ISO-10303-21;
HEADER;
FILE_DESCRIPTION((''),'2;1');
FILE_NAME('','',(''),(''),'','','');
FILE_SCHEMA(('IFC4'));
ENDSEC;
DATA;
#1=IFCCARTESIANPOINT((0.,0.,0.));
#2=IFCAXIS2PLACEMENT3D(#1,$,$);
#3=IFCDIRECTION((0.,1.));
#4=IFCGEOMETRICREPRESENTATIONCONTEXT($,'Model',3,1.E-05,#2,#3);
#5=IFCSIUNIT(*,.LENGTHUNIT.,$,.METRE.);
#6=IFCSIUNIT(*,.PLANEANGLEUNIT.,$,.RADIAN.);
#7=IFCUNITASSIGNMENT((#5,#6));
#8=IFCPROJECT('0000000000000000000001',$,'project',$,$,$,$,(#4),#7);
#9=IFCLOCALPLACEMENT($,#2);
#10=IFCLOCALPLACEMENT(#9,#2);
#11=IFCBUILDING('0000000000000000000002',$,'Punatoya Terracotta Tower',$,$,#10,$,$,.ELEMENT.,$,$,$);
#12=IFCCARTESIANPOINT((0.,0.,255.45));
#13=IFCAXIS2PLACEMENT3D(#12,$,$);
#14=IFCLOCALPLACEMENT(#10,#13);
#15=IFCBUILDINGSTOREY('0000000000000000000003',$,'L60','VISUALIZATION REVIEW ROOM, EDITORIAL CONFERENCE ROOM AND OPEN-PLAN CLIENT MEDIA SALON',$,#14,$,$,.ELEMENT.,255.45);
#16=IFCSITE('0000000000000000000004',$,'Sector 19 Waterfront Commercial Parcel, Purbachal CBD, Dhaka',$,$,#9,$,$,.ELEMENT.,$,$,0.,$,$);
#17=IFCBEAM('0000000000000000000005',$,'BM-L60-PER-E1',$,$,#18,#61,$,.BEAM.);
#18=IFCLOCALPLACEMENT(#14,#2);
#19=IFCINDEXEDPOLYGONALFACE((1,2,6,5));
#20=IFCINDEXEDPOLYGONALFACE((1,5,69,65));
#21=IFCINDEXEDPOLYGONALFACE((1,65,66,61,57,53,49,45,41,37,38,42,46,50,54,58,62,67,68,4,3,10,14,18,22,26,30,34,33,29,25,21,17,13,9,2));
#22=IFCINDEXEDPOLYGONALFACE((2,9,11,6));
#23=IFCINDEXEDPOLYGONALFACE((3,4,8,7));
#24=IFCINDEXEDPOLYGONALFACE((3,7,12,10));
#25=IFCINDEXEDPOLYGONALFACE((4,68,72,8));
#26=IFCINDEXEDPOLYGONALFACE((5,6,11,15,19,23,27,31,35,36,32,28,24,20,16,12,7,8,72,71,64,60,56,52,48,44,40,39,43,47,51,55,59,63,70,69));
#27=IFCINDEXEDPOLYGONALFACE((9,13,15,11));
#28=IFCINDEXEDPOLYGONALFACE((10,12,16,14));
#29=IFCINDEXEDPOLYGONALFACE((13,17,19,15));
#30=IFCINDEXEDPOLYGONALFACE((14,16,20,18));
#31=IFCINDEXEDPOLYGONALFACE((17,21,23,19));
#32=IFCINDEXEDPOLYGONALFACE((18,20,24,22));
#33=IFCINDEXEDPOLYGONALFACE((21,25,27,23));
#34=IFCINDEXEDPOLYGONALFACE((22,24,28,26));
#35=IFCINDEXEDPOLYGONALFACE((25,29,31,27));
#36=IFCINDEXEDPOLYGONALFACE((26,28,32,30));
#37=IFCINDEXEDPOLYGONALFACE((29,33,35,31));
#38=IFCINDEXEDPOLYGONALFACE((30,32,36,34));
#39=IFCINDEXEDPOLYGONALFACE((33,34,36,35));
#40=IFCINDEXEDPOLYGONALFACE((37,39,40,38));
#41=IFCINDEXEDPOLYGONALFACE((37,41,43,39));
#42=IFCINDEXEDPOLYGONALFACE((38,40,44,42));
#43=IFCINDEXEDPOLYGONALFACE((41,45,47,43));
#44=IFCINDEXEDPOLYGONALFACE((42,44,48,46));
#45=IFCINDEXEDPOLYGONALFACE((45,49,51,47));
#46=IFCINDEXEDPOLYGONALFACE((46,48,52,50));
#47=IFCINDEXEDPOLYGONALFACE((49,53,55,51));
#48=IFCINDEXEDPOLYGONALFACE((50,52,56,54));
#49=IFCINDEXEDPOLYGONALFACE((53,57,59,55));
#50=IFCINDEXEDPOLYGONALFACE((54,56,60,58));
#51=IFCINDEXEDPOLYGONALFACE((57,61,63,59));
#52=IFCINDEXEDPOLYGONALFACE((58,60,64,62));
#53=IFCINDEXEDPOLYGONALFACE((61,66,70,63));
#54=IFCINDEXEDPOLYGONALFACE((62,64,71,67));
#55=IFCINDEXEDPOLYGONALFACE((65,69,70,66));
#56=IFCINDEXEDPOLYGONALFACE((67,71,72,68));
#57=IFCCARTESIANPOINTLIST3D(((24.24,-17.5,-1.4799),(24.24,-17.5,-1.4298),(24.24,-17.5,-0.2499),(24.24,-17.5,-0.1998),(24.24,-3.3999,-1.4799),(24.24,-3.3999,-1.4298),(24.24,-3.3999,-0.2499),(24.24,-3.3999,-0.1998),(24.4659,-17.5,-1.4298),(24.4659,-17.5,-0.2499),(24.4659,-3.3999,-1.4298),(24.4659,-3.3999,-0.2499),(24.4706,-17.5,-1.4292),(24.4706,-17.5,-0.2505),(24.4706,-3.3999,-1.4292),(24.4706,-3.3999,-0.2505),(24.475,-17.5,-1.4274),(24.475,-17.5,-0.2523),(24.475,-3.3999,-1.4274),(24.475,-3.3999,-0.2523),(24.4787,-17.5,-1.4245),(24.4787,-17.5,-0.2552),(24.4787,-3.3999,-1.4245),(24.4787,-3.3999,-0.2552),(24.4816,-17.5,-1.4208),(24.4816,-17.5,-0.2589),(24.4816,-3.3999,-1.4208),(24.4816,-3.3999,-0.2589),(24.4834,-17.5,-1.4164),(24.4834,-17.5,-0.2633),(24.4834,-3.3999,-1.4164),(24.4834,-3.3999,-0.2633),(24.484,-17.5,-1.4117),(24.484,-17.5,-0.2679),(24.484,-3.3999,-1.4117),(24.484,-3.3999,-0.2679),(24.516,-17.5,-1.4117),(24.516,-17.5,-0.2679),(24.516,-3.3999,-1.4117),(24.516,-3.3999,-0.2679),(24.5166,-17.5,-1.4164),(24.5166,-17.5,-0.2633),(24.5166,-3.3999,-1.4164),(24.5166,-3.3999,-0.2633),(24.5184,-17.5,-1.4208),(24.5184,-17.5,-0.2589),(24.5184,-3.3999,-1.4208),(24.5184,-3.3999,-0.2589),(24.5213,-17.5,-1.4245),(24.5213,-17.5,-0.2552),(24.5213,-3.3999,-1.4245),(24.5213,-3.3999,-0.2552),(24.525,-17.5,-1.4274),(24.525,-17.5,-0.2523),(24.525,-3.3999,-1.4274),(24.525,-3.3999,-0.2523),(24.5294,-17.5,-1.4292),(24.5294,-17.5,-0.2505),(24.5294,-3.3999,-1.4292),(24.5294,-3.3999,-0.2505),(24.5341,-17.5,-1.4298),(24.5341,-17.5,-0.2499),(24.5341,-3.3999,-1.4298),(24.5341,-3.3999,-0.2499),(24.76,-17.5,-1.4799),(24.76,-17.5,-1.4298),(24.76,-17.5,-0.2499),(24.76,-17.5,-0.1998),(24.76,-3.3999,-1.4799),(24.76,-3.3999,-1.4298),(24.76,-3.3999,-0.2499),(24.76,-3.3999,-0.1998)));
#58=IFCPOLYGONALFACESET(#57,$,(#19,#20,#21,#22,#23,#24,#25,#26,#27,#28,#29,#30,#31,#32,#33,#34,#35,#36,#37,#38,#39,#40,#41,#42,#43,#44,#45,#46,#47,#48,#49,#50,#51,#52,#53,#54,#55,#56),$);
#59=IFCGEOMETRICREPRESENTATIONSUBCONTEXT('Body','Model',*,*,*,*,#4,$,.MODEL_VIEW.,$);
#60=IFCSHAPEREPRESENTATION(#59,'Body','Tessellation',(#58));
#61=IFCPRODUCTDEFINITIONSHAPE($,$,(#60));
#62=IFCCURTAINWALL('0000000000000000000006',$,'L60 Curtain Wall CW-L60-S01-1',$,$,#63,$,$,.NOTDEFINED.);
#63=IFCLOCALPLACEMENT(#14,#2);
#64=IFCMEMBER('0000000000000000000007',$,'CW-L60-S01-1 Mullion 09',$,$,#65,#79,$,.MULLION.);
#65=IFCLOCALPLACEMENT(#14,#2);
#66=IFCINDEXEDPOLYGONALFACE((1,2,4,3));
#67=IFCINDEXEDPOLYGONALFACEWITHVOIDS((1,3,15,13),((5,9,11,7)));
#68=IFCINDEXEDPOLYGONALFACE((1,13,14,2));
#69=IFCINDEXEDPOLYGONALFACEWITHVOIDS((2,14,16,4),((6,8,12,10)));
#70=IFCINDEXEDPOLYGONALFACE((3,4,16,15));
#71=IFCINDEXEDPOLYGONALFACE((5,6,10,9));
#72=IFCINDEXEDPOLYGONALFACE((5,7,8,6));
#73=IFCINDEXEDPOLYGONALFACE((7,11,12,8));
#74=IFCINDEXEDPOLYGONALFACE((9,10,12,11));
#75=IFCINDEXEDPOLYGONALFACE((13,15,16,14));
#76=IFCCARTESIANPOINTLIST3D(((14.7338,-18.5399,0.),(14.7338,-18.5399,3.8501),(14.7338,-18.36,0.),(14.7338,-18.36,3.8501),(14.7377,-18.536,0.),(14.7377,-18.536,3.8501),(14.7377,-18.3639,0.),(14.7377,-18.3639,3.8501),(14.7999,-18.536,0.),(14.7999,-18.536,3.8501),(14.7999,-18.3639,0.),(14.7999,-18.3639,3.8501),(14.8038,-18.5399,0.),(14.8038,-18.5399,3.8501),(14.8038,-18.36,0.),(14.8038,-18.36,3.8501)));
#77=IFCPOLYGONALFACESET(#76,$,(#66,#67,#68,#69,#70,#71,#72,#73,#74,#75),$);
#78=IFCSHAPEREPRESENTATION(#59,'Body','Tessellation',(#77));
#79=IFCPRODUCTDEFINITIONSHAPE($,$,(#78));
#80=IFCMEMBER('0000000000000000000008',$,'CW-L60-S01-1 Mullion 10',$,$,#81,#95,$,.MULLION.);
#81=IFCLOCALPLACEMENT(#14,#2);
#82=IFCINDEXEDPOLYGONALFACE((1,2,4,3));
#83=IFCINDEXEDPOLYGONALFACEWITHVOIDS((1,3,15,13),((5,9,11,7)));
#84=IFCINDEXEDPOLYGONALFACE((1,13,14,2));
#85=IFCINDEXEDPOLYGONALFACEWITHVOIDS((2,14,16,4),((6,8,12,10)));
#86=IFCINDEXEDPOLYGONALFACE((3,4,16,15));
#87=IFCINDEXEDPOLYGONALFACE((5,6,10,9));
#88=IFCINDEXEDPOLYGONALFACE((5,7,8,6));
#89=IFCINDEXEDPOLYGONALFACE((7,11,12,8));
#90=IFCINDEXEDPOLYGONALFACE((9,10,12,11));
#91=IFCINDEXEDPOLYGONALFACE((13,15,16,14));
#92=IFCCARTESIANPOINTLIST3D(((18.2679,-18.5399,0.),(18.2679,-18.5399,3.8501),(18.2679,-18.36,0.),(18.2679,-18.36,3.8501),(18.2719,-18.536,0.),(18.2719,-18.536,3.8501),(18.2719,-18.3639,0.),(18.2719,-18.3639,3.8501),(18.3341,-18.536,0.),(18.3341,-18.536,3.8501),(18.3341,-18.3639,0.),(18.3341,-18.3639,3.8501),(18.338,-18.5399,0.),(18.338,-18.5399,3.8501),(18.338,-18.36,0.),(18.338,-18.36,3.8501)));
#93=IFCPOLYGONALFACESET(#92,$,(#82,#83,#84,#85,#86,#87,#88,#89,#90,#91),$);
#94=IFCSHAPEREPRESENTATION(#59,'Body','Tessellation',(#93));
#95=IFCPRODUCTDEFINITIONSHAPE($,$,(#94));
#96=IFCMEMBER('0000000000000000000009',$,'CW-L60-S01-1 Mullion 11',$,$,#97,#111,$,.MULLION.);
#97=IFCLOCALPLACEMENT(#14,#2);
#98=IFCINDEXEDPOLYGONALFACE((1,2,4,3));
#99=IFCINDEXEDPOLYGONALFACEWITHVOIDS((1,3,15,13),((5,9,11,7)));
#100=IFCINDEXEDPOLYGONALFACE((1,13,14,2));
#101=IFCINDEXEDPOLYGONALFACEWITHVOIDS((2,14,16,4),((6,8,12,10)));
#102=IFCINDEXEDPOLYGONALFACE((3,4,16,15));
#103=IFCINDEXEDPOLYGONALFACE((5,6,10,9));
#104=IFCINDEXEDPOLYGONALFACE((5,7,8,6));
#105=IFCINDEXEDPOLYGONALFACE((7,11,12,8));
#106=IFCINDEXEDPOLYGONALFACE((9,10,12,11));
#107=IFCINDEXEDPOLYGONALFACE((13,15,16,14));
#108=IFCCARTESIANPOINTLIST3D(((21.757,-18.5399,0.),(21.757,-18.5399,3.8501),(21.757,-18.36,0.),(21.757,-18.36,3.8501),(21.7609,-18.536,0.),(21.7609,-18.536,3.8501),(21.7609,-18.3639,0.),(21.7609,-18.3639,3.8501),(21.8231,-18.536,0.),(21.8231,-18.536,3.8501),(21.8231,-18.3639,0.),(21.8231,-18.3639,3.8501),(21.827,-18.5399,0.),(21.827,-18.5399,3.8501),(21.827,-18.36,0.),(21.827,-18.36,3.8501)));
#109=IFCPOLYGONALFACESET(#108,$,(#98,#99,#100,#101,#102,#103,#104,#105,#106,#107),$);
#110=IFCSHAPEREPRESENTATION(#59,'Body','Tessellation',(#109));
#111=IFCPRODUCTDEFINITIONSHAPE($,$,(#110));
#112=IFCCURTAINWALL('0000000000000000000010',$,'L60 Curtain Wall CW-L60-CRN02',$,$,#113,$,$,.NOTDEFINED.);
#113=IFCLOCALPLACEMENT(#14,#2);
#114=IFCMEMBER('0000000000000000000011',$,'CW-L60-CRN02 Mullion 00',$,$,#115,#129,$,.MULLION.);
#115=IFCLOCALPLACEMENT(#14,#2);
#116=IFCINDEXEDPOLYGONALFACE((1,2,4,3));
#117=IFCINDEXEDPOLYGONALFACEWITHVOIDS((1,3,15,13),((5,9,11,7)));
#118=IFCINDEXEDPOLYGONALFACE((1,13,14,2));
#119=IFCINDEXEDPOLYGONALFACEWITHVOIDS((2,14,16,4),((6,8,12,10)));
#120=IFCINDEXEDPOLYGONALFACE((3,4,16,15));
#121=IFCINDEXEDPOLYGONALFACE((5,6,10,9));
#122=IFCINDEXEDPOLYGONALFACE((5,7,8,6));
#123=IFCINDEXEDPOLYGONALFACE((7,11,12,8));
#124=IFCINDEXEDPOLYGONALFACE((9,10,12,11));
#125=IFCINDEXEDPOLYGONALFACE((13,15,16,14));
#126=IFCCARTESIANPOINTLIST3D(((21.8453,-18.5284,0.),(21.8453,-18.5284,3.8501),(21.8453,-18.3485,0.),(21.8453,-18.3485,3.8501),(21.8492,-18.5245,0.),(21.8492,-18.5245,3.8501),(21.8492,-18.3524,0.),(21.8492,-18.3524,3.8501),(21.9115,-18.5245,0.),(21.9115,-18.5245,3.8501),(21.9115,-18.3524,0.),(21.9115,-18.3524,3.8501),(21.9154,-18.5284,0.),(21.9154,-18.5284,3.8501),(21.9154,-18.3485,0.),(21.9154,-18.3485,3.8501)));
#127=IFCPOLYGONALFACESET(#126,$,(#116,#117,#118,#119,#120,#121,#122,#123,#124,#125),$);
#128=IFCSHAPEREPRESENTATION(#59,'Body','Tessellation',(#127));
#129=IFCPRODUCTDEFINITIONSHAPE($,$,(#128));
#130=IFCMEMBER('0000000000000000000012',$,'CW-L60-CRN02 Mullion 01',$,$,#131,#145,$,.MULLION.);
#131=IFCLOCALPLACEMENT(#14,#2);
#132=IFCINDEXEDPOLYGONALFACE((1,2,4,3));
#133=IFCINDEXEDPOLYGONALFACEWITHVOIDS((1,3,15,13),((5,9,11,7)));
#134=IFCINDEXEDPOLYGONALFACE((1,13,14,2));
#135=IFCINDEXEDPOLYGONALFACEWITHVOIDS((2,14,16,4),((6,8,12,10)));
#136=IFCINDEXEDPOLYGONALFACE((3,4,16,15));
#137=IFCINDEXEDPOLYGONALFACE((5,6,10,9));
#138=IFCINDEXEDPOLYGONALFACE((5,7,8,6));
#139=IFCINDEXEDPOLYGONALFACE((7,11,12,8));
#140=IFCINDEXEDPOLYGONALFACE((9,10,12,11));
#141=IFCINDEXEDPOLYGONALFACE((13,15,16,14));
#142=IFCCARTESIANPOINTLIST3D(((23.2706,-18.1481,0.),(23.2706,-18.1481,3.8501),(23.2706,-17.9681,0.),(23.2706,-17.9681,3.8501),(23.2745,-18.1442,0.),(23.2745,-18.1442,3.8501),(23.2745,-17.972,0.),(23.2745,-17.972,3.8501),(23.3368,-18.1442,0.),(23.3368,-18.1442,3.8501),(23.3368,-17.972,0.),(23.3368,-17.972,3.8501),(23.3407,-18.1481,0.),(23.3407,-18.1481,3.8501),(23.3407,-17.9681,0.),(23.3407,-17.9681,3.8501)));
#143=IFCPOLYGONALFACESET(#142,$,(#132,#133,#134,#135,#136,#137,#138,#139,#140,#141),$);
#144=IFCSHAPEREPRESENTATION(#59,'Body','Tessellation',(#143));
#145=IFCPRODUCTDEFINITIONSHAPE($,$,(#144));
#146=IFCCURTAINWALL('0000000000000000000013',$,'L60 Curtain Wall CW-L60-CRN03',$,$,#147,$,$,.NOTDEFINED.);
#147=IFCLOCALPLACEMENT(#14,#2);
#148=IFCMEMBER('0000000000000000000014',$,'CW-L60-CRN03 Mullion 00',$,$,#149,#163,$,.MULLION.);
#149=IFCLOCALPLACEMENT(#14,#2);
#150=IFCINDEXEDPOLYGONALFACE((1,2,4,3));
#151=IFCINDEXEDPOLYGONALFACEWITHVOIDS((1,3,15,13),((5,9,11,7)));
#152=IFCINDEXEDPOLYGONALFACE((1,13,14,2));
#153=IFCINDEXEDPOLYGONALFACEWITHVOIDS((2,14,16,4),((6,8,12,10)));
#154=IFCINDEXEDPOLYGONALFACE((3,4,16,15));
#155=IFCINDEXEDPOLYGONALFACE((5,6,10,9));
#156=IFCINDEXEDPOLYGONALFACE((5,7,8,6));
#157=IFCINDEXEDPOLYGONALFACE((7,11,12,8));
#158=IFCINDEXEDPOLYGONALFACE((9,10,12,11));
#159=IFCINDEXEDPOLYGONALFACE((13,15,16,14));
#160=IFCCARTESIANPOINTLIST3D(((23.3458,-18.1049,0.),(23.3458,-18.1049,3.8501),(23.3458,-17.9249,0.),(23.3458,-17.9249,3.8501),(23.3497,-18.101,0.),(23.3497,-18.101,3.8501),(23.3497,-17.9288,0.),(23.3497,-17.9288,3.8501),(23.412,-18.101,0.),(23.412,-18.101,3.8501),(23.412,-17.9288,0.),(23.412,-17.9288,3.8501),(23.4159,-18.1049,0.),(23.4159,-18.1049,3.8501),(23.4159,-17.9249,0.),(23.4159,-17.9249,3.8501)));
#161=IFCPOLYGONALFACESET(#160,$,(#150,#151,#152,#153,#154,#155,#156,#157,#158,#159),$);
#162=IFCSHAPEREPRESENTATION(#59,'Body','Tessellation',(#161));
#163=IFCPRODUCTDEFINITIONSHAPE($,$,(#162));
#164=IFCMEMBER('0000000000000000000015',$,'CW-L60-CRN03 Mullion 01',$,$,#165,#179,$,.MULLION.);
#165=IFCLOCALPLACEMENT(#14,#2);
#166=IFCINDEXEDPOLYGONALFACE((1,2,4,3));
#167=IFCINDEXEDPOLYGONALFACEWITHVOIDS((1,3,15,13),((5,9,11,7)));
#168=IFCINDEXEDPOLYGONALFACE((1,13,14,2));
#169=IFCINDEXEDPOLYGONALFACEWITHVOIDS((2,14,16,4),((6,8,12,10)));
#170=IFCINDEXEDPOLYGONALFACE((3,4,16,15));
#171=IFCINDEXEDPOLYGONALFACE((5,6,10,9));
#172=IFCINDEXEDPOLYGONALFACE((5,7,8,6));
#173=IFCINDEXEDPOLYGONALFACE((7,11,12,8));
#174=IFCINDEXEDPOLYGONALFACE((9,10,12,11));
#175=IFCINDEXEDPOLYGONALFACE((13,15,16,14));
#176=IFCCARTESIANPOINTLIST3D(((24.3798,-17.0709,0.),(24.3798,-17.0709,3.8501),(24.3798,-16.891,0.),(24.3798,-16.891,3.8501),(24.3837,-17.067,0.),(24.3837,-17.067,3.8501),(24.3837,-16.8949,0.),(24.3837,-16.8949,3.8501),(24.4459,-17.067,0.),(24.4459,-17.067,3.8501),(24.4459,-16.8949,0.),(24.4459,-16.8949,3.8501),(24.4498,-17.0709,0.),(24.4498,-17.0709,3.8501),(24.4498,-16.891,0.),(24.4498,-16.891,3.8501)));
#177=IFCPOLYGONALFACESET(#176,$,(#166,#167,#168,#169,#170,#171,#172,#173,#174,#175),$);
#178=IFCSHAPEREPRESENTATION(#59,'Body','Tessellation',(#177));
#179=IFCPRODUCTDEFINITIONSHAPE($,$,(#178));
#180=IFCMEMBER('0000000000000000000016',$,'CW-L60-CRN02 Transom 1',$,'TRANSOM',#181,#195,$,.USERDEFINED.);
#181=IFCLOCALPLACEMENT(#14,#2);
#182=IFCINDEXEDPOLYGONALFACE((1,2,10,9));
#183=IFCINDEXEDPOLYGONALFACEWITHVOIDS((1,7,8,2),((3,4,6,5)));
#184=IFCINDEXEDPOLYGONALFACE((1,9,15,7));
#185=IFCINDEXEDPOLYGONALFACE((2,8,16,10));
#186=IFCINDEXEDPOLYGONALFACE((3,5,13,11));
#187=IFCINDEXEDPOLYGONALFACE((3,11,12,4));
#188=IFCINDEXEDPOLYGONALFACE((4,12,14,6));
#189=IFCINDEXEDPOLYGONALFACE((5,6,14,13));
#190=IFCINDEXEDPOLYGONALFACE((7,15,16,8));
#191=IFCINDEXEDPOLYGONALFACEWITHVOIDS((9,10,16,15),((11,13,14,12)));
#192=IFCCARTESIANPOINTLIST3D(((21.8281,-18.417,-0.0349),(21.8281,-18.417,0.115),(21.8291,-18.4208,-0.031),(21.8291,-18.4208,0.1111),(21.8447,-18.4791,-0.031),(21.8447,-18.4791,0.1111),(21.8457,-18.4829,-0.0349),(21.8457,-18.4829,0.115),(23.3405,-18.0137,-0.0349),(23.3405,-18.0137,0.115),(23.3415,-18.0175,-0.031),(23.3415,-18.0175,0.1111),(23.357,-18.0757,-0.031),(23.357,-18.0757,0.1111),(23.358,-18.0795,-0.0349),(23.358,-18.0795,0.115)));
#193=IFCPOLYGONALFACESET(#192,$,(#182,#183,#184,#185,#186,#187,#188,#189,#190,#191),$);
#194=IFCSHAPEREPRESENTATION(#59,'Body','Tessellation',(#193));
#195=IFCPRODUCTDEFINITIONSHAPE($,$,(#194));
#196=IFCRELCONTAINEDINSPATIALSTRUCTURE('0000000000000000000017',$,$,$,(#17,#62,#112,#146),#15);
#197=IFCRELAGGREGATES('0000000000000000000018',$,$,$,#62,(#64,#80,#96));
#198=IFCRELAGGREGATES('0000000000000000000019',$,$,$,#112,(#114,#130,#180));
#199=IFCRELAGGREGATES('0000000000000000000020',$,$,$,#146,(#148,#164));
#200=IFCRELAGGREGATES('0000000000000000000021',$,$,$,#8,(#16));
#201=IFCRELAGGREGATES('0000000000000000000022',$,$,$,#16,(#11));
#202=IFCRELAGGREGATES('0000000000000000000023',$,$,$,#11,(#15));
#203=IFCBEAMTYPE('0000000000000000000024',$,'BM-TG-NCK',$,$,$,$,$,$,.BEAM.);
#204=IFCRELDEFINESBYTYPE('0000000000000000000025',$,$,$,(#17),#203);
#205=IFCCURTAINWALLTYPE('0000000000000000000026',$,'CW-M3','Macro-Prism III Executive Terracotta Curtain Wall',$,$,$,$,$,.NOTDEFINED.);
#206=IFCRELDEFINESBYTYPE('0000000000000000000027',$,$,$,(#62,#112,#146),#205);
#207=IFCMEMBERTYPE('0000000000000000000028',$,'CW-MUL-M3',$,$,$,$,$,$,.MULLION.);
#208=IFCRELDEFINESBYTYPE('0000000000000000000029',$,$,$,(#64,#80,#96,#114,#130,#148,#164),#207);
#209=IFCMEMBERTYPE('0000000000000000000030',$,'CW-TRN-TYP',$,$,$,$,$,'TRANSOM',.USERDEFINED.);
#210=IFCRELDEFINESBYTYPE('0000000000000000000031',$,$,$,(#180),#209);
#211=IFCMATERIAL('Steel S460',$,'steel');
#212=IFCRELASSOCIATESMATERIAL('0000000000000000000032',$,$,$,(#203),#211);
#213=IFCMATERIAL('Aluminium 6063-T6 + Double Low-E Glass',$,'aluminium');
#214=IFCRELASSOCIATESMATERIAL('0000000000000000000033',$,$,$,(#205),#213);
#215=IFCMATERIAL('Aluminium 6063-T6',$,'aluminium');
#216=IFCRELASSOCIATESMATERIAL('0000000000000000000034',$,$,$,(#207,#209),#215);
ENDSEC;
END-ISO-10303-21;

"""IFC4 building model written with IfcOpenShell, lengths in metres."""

from ifc_helpers import new_model, si_unit, direction, frame, origin, origin_2d, place, context, subcontext, project, spatial, hollow_rectangle, i_section, extrude, material, material_profile, profile_set, type_object, element, aggregate, save


model = new_model("IFC4")

# Units and contexts
model_context = context("Model", 3, precision=1e-05, world=origin(), true_north=direction((0.0, 1.0)))
body_context = subcontext(model_context, "Body", "Model", "MODEL_VIEW")
ifc_project = project(units=[si_unit("LENGTHUNIT", "METRE"), si_unit("PLANEANGLEUNIT", "RADIAN")], contexts=[model_context])

# Site, building, storey
site_placement = place(None, origin())
site = spatial("IfcSite", under=ifc_project, at=site_placement, Name="Sector 19 Waterfront Commercial Parcel, Purbachal CBD, Dhaka", CompositionType="ELEMENT", RefElevation=0.0)
building_placement = place(site_placement, origin())
building = spatial("IfcBuilding", under=site, at=building_placement, Name="Punatoya Terracotta Tower", CompositionType="ELEMENT")
storey_placement = place(building_placement, frame((0.0, 0.0, 255.45)))
storey = spatial("IfcBuildingStorey", under=building, at=storey_placement, Name="L60", Description="VISUALIZATION REVIEW ROOM, EDITORIAL CONFERENCE ROOM AND OPEN-PLAN CLIENT MEDIA SALON", CompositionType="ELEMENT", Elevation=255.45)

# Shared definitions
ifc_material_1 = material(Name="Steel S460", Category="steel")

# Beam
ifc_material_profile_1 = material_profile(ifc_material_1, i_section(OverallWidth=0.52, OverallDepth=1.28, WebThickness=0.032, FlangeThickness=0.05, FilletRadius=0.0181, at=origin_2d()))
ifc_profile_set_1 = profile_set([ifc_material_profile_1], Name="Steel S460")
beam_type_1 = type_object("IfcBeamType", Name="BM-TG-NCK", PredefinedType="BEAM", material=ifc_profile_set_1)
beam_1_placement = place(storey_placement, frame((24.5, -17.5, -0.8398), z_axis=(0.0, 1.0, 0.0), x_axis=(-1.0, 0.0, 0.0)))
element("IfcBeam", 1, at=beam_1_placement, inside=storey, type_object=beam_type_1, Name="BM-L60-PER-E1", PredefinedType="BEAM", context=body_context, shape_type="SweptSolid", body=[
    extrude(i_section(OverallWidth=0.52, OverallDepth=1.28, WebThickness=0.032, FlangeThickness=0.05, FilletRadius=0.0181, at=origin_2d()), origin(), (0.0, 0.0, 1.0), 14.1001),
])

# Curtain walls, members
ifc_material_2 = material(Name="Aluminium 6063-T6 + Double Low-E Glass", Category="aluminium")
curtain_wall_type = type_object("IfcCurtainWallType", Name="CW-M3", Description="Macro-Prism III Executive Terracotta Curtain Wall", PredefinedType="NOTDEFINED", material=ifc_material_2)
curtain_wall_1_placement = place(storey_placement, origin())
curtain_wall_1 = element("IfcCurtainWall", 2, at=curtain_wall_1_placement, inside=storey, type_object=curtain_wall_type, Name="L60 Curtain Wall CW-L60-S01-1", PredefinedType="NOTDEFINED")
ifc_material_3 = material(Name="Aluminium 6063-T6", Category="aluminium")
ifc_material_profile_2 = material_profile(ifc_material_3, hollow_rectangle(XDim=0.0701, YDim=0.1799, WallThickness=0.0039, at=origin_2d()))
ifc_profile_set_2 = profile_set([ifc_material_profile_2], Name="Aluminium 6063-T6")
member_type_1 = type_object("IfcMemberType", Name="CW-MUL-M3", PredefinedType="MULLION", material=ifc_profile_set_2)
member_1_placement = place(storey_placement, frame((14.7688, -18.45, 0.0), z_axis=(0.0, 0.0, 1.0), x_axis=(1.0, 0.0, 0.0)))
member_1 = element("IfcMember", 3, at=member_1_placement, type_object=member_type_1, Name="CW-L60-S01-1 Mullion 09", PredefinedType="MULLION", context=body_context, shape_type="SweptSolid", body=[
    extrude(hollow_rectangle(XDim=0.0701, YDim=0.1799, WallThickness=0.0039, at=origin_2d()), origin(), (0.0, 0.0, 1.0), 3.8501),
])
member_2_placement = place(storey_placement, frame((18.303, -18.45, 0.0), z_axis=(0.0, 0.0, 1.0), x_axis=(1.0, 0.0, 0.0)))
member_2 = element("IfcMember", 4, at=member_2_placement, type_object=member_type_1, Name="CW-L60-S01-1 Mullion 10", PredefinedType="MULLION", context=body_context, shape_type="SweptSolid", body=[
    extrude(hollow_rectangle(XDim=0.0701, YDim=0.1799, WallThickness=0.0039, at=origin_2d()), origin(), (0.0, 0.0, 1.0), 3.8501),
])
member_3_placement = place(storey_placement, frame((21.792, -18.45, 0.0), z_axis=(0.0, 0.0, 1.0), x_axis=(1.0, 0.0, 0.0)))
member_3 = element("IfcMember", 5, at=member_3_placement, type_object=member_type_1, Name="CW-L60-S01-1 Mullion 11", PredefinedType="MULLION", context=body_context, shape_type="SweptSolid", body=[
    extrude(hollow_rectangle(XDim=0.0701, YDim=0.1799, WallThickness=0.0039, at=origin_2d()), origin(), (0.0, 0.0, 1.0), 3.8501),
])
curtain_wall_2_placement = place(storey_placement, origin())
curtain_wall_2 = element("IfcCurtainWall", 6, at=curtain_wall_2_placement, inside=storey, type_object=curtain_wall_type, Name="L60 Curtain Wall CW-L60-CRN02", PredefinedType="NOTDEFINED")
member_4_placement = place(storey_placement, frame((21.8804, -18.4385, 0.0), z_axis=(0.0, 0.0, 1.0), x_axis=(1.0, 0.0, 0.0)))
member_4 = element("IfcMember", 7, at=member_4_placement, type_object=member_type_1, Name="CW-L60-CRN02 Mullion 00", PredefinedType="MULLION", context=body_context, shape_type="SweptSolid", body=[
    extrude(hollow_rectangle(XDim=0.0701, YDim=0.1799, WallThickness=0.0039, at=origin_2d()), origin(), (0.0, 0.0, 1.0), 3.8501),
])
member_5_placement = place(storey_placement, frame((23.3057, -18.0581, 0.0), z_axis=(0.0, 0.0, 1.0), x_axis=(1.0, 0.0, 0.0)))
member_5 = element("IfcMember", 8, at=member_5_placement, type_object=member_type_1, Name="CW-L60-CRN02 Mullion 01", PredefinedType="MULLION", context=body_context, shape_type="SweptSolid", body=[
    extrude(hollow_rectangle(XDim=0.0701, YDim=0.1799, WallThickness=0.0039, at=origin_2d()), origin(), (0.0, 0.0, 1.0), 3.8501),
])
curtain_wall_3_placement = place(storey_placement, origin())
curtain_wall_3 = element("IfcCurtainWall", 9, at=curtain_wall_3_placement, inside=storey, type_object=curtain_wall_type, Name="L60 Curtain Wall CW-L60-CRN03", PredefinedType="NOTDEFINED")
member_6_placement = place(storey_placement, frame((23.3809, -18.0149, 0.0), z_axis=(0.0, 0.0, 1.0), x_axis=(1.0, 0.0, 0.0)))
member_6 = element("IfcMember", 10, at=member_6_placement, type_object=member_type_1, Name="CW-L60-CRN03 Mullion 00", PredefinedType="MULLION", context=body_context, shape_type="SweptSolid", body=[
    extrude(hollow_rectangle(XDim=0.0701, YDim=0.1799, WallThickness=0.0039, at=origin_2d()), origin(), (0.0, 0.0, 1.0), 3.8501),
])
member_7_placement = place(storey_placement, frame((24.4148, -16.981, 0.0), z_axis=(0.0, 0.0, 1.0), x_axis=(1.0, 0.0, 0.0)))
member_7 = element("IfcMember", 11, at=member_7_placement, type_object=member_type_1, Name="CW-L60-CRN03 Mullion 01", PredefinedType="MULLION", context=body_context, shape_type="SweptSolid", body=[
    extrude(hollow_rectangle(XDim=0.0701, YDim=0.1799, WallThickness=0.0039, at=origin_2d()), origin(), (0.0, 0.0, 1.0), 3.8501),
])

# Member
ifc_material_profile_3 = material_profile(ifc_material_3, hollow_rectangle(XDim=0.0681, YDim=0.1499, WallThickness=0.0039, at=origin_2d()))
ifc_profile_set_3 = profile_set([ifc_material_profile_3], Name="Aluminium 6063-T6")
member_type_2 = type_object("IfcMemberType", Name="CW-TRN-TYP", ElementType="TRANSOM", PredefinedType="USERDEFINED", material=ifc_profile_set_3)
member_8_placement = place(storey_placement, frame((21.8369, -18.45, 0.04), z_axis=(0.966225, 0.257701, 0.0), x_axis=(-0.257701, 0.966225, 0.0)))
member_8 = element("IfcMember", 12, at=member_8_placement, type_object=member_type_2, Name="CW-L60-CRN02 Transom 1", ObjectType="TRANSOM", PredefinedType="USERDEFINED", context=body_context, shape_type="SweptSolid", body=[
    extrude(hollow_rectangle(XDim=0.0681, YDim=0.1499, WallThickness=0.0039, at=origin_2d()), origin(), (0.0, 0.0, 1.0), 1.5652),
])

aggregate(curtain_wall_1, [member_1, member_2, member_3])
aggregate(curtain_wall_2, [member_4, member_5, member_8])
aggregate(curtain_wall_3, [member_6, member_7])

save(model, "model.ifc")
